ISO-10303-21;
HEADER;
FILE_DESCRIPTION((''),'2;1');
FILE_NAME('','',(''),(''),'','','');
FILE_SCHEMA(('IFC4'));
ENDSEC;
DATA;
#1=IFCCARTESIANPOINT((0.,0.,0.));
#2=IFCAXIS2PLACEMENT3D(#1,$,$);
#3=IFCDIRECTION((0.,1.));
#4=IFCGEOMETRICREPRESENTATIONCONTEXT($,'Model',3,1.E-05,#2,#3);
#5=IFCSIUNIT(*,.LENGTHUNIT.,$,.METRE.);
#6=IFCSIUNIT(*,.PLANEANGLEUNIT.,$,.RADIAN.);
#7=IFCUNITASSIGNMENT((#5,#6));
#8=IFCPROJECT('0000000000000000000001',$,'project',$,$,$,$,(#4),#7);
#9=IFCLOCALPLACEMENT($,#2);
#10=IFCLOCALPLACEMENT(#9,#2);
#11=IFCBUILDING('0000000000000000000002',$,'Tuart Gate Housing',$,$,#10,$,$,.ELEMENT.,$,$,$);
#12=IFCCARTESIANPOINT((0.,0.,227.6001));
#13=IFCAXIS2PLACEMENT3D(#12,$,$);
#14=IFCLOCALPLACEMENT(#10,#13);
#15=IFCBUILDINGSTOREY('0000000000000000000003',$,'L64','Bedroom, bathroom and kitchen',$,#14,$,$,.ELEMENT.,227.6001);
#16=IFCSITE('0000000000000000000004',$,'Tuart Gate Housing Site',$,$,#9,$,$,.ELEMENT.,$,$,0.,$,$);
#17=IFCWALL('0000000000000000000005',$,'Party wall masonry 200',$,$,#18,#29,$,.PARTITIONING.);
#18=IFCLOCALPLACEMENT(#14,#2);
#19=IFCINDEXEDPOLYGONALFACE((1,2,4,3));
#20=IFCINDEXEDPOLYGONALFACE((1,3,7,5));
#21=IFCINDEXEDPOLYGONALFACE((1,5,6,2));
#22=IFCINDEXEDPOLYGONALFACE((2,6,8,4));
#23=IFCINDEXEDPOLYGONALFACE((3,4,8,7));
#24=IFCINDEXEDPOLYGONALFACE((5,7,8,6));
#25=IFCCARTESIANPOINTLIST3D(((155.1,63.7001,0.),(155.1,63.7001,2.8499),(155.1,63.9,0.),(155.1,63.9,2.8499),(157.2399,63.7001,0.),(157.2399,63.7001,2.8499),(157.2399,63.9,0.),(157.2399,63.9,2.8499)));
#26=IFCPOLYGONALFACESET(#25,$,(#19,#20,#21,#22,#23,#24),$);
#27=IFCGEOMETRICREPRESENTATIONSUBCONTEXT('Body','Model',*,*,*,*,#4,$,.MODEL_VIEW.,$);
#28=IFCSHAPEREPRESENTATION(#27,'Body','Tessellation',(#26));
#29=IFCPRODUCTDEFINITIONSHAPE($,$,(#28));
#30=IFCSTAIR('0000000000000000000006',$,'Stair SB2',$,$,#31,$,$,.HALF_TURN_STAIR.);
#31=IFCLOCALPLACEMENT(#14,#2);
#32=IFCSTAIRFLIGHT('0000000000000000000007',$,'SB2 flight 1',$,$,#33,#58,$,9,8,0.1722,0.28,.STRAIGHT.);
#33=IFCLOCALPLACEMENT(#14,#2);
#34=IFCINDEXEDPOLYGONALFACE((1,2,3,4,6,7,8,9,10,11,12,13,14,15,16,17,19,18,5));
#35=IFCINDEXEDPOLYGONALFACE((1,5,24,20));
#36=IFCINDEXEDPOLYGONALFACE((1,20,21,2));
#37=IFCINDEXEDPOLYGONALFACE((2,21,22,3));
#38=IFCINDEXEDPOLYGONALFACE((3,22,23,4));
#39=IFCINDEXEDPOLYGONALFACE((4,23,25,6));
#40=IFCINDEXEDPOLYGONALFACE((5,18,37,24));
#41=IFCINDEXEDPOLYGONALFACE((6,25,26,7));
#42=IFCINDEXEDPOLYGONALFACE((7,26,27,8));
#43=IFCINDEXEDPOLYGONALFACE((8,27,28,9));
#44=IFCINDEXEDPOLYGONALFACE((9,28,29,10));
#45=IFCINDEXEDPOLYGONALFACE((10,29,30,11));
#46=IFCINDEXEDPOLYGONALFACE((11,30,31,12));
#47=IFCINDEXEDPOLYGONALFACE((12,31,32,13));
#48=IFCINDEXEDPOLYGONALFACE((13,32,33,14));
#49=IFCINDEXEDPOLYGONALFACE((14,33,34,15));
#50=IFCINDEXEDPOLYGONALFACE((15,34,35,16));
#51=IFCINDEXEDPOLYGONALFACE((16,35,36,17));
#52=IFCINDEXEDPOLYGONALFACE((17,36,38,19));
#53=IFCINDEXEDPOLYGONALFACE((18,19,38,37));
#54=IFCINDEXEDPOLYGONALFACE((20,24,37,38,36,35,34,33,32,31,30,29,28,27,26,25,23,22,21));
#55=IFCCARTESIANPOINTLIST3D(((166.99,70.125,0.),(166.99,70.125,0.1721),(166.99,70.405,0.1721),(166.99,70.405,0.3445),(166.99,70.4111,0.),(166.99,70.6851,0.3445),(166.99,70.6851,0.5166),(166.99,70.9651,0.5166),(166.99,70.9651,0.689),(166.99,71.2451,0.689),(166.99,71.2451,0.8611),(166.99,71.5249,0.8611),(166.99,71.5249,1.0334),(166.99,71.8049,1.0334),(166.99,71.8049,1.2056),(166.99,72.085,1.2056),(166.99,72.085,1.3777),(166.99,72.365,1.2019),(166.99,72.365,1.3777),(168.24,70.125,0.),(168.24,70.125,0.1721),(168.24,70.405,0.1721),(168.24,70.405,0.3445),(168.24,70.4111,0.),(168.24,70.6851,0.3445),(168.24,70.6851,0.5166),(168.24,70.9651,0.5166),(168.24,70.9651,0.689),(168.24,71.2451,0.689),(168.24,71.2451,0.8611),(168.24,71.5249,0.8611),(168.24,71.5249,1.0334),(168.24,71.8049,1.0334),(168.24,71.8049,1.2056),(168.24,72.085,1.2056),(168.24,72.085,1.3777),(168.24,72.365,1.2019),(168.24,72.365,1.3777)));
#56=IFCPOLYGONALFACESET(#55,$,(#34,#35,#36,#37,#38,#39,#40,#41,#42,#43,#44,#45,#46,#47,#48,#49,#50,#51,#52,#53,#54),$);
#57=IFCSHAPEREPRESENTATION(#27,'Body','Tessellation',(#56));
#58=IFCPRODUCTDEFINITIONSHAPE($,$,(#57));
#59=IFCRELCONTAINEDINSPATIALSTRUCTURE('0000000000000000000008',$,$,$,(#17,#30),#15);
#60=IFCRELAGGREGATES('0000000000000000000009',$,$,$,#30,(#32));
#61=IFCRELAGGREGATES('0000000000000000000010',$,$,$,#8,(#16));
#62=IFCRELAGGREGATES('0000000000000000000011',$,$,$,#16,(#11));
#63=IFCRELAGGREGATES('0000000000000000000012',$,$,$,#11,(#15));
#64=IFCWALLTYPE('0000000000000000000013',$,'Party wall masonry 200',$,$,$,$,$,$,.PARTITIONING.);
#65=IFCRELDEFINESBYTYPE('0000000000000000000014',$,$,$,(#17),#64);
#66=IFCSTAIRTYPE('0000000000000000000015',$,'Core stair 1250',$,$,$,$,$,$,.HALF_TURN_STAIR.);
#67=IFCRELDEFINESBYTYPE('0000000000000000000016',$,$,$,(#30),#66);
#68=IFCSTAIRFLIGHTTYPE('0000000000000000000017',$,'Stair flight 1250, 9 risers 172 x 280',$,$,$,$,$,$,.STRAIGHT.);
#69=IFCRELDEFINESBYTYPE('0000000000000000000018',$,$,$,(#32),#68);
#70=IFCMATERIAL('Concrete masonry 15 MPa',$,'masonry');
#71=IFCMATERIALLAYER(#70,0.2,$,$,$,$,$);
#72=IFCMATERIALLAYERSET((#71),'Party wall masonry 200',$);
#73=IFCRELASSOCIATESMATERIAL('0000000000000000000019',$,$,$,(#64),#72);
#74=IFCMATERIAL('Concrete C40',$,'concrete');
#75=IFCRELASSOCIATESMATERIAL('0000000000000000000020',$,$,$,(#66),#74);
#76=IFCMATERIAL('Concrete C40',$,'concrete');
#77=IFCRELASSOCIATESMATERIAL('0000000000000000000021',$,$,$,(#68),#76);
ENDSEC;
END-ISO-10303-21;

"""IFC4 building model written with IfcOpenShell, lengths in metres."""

from ifc_helpers import new_model, si_unit, direction, frame, frame_2d, origin, place, context, subcontext, project, spatial, polyline, rectangle, outline, extrude, material, layer, layer_set, type_object, element, aggregate, save


model = new_model("IFC4")

# Units and contexts
model_context = context("Model", 3, precision=1e-05, world=origin(), true_north=direction((0.0, 1.0)))
body_context = subcontext(model_context, "Body", "Model", "MODEL_VIEW")
ifc_project = project(units=[si_unit("LENGTHUNIT", "METRE"), si_unit("PLANEANGLEUNIT", "RADIAN")], contexts=[model_context])

# Site, building, storey
site_placement = place(None, origin())
site = spatial("IfcSite", under=ifc_project, at=site_placement, Name="Tuart Gate Housing Site", CompositionType="ELEMENT", RefElevation=0.0)
building_placement = place(site_placement, origin())
building = spatial("IfcBuilding", under=site, at=building_placement, Name="Tuart Gate Housing", CompositionType="ELEMENT")
storey_placement = place(building_placement, frame((0.0, 0.0, 227.6001)))
storey = spatial("IfcBuildingStorey", under=building, at=storey_placement, Name="L64", Description="Bedroom, bathroom and kitchen", CompositionType="ELEMENT", Elevation=227.6001)

# Wall
ifc_material_1 = material(Name="Concrete masonry 15 MPa", Category="masonry")
ifc_layer_1 = layer(ifc_material_1, 0.2)
ifc_layer_set_1 = layer_set([ifc_layer_1], Name="Party wall masonry 200")
wall_type_1 = type_object("IfcWallType", Name="Party wall masonry 200", PredefinedType="PARTITIONING", material=ifc_layer_set_1)
wall_1_placement = place(storey_placement, frame((155.1001, 63.8, 0.0), z_axis=(0.0, 0.0, 1.0), x_axis=(1.0, 0.0, 0.0)))
element("IfcWall", 1, at=wall_1_placement, inside=storey, type_object=wall_type_1, Name="Party wall masonry 200", PredefinedType="PARTITIONING", context=body_context, shape_type="SweptSolid", body=[
    extrude(rectangle(XDim=2.1399, YDim=0.2, at=frame_2d((1.0698, 0.0))), origin(), (0.0, 0.0, 1.0), 2.8499),
])

# Stair, stair flight
ifc_material_2 = material(Name="Concrete C40", Category="concrete")
stair_type = type_object("IfcStairType", Name="Core stair 1250", PredefinedType="HALF_TURN_STAIR", material=ifc_material_2)
stair_placement = place(storey_placement, origin())
stair = element("IfcStair", 2, at=stair_placement, inside=storey, type_object=stair_type, Name="Stair SB2", PredefinedType="HALF_TURN_STAIR")
ifc_material_3 = material(Name="Concrete C40", Category="concrete")
stair_flight_type = type_object("IfcStairFlightType", Name="Stair flight 1250, 9 risers 172 x 280", PredefinedType="STRAIGHT", material=ifc_material_3)
stair_flight_placement = place(storey_placement, frame((167.615, 70.125, 0.0), z_axis=(0.0, 0.0, 1.0), x_axis=(0.0, 1.0, 0.0)))
stair_flight = element("IfcStairFlight", 3, at=stair_flight_placement, type_object=stair_flight_type, Name="SB2 flight 1", NumberOfRisers=9, NumberOfTreads=8, PredefinedType="STRAIGHT", RiserHeight=0.1722, TreadLength=0.28, context=body_context, shape_type="SweptSolid", body=[
    extrude(outline(polyline([(0.0, 0.0), (0.0, 0.1721), (0.28, 0.1721), (0.28, 0.3445), (0.5601, 0.3445), (0.5601, 0.5166), (0.8401, 0.5166), (0.8401, 0.689), (1.1201, 0.689), (1.1201, 0.8611), (1.3999, 0.8611), (1.3999, 1.0334), (1.6799, 1.0334), (1.6799, 1.2056), (1.96, 1.2056), (1.96, 1.3777), (2.24, 1.3777), (2.24, 1.55), (2.24, 1.2019), (0.2861, 0.0), (0.0, 0.0)])), frame((0.0, 0.625, 0.0), z_axis=(0.0, -1.0, 0.0), x_axis=(1.0, 0.0, 0.0)), (0.0, 0.0, 1.0), 1.25),
])
aggregate(stair, [stair_flight])

save(model, "model.ifc")
